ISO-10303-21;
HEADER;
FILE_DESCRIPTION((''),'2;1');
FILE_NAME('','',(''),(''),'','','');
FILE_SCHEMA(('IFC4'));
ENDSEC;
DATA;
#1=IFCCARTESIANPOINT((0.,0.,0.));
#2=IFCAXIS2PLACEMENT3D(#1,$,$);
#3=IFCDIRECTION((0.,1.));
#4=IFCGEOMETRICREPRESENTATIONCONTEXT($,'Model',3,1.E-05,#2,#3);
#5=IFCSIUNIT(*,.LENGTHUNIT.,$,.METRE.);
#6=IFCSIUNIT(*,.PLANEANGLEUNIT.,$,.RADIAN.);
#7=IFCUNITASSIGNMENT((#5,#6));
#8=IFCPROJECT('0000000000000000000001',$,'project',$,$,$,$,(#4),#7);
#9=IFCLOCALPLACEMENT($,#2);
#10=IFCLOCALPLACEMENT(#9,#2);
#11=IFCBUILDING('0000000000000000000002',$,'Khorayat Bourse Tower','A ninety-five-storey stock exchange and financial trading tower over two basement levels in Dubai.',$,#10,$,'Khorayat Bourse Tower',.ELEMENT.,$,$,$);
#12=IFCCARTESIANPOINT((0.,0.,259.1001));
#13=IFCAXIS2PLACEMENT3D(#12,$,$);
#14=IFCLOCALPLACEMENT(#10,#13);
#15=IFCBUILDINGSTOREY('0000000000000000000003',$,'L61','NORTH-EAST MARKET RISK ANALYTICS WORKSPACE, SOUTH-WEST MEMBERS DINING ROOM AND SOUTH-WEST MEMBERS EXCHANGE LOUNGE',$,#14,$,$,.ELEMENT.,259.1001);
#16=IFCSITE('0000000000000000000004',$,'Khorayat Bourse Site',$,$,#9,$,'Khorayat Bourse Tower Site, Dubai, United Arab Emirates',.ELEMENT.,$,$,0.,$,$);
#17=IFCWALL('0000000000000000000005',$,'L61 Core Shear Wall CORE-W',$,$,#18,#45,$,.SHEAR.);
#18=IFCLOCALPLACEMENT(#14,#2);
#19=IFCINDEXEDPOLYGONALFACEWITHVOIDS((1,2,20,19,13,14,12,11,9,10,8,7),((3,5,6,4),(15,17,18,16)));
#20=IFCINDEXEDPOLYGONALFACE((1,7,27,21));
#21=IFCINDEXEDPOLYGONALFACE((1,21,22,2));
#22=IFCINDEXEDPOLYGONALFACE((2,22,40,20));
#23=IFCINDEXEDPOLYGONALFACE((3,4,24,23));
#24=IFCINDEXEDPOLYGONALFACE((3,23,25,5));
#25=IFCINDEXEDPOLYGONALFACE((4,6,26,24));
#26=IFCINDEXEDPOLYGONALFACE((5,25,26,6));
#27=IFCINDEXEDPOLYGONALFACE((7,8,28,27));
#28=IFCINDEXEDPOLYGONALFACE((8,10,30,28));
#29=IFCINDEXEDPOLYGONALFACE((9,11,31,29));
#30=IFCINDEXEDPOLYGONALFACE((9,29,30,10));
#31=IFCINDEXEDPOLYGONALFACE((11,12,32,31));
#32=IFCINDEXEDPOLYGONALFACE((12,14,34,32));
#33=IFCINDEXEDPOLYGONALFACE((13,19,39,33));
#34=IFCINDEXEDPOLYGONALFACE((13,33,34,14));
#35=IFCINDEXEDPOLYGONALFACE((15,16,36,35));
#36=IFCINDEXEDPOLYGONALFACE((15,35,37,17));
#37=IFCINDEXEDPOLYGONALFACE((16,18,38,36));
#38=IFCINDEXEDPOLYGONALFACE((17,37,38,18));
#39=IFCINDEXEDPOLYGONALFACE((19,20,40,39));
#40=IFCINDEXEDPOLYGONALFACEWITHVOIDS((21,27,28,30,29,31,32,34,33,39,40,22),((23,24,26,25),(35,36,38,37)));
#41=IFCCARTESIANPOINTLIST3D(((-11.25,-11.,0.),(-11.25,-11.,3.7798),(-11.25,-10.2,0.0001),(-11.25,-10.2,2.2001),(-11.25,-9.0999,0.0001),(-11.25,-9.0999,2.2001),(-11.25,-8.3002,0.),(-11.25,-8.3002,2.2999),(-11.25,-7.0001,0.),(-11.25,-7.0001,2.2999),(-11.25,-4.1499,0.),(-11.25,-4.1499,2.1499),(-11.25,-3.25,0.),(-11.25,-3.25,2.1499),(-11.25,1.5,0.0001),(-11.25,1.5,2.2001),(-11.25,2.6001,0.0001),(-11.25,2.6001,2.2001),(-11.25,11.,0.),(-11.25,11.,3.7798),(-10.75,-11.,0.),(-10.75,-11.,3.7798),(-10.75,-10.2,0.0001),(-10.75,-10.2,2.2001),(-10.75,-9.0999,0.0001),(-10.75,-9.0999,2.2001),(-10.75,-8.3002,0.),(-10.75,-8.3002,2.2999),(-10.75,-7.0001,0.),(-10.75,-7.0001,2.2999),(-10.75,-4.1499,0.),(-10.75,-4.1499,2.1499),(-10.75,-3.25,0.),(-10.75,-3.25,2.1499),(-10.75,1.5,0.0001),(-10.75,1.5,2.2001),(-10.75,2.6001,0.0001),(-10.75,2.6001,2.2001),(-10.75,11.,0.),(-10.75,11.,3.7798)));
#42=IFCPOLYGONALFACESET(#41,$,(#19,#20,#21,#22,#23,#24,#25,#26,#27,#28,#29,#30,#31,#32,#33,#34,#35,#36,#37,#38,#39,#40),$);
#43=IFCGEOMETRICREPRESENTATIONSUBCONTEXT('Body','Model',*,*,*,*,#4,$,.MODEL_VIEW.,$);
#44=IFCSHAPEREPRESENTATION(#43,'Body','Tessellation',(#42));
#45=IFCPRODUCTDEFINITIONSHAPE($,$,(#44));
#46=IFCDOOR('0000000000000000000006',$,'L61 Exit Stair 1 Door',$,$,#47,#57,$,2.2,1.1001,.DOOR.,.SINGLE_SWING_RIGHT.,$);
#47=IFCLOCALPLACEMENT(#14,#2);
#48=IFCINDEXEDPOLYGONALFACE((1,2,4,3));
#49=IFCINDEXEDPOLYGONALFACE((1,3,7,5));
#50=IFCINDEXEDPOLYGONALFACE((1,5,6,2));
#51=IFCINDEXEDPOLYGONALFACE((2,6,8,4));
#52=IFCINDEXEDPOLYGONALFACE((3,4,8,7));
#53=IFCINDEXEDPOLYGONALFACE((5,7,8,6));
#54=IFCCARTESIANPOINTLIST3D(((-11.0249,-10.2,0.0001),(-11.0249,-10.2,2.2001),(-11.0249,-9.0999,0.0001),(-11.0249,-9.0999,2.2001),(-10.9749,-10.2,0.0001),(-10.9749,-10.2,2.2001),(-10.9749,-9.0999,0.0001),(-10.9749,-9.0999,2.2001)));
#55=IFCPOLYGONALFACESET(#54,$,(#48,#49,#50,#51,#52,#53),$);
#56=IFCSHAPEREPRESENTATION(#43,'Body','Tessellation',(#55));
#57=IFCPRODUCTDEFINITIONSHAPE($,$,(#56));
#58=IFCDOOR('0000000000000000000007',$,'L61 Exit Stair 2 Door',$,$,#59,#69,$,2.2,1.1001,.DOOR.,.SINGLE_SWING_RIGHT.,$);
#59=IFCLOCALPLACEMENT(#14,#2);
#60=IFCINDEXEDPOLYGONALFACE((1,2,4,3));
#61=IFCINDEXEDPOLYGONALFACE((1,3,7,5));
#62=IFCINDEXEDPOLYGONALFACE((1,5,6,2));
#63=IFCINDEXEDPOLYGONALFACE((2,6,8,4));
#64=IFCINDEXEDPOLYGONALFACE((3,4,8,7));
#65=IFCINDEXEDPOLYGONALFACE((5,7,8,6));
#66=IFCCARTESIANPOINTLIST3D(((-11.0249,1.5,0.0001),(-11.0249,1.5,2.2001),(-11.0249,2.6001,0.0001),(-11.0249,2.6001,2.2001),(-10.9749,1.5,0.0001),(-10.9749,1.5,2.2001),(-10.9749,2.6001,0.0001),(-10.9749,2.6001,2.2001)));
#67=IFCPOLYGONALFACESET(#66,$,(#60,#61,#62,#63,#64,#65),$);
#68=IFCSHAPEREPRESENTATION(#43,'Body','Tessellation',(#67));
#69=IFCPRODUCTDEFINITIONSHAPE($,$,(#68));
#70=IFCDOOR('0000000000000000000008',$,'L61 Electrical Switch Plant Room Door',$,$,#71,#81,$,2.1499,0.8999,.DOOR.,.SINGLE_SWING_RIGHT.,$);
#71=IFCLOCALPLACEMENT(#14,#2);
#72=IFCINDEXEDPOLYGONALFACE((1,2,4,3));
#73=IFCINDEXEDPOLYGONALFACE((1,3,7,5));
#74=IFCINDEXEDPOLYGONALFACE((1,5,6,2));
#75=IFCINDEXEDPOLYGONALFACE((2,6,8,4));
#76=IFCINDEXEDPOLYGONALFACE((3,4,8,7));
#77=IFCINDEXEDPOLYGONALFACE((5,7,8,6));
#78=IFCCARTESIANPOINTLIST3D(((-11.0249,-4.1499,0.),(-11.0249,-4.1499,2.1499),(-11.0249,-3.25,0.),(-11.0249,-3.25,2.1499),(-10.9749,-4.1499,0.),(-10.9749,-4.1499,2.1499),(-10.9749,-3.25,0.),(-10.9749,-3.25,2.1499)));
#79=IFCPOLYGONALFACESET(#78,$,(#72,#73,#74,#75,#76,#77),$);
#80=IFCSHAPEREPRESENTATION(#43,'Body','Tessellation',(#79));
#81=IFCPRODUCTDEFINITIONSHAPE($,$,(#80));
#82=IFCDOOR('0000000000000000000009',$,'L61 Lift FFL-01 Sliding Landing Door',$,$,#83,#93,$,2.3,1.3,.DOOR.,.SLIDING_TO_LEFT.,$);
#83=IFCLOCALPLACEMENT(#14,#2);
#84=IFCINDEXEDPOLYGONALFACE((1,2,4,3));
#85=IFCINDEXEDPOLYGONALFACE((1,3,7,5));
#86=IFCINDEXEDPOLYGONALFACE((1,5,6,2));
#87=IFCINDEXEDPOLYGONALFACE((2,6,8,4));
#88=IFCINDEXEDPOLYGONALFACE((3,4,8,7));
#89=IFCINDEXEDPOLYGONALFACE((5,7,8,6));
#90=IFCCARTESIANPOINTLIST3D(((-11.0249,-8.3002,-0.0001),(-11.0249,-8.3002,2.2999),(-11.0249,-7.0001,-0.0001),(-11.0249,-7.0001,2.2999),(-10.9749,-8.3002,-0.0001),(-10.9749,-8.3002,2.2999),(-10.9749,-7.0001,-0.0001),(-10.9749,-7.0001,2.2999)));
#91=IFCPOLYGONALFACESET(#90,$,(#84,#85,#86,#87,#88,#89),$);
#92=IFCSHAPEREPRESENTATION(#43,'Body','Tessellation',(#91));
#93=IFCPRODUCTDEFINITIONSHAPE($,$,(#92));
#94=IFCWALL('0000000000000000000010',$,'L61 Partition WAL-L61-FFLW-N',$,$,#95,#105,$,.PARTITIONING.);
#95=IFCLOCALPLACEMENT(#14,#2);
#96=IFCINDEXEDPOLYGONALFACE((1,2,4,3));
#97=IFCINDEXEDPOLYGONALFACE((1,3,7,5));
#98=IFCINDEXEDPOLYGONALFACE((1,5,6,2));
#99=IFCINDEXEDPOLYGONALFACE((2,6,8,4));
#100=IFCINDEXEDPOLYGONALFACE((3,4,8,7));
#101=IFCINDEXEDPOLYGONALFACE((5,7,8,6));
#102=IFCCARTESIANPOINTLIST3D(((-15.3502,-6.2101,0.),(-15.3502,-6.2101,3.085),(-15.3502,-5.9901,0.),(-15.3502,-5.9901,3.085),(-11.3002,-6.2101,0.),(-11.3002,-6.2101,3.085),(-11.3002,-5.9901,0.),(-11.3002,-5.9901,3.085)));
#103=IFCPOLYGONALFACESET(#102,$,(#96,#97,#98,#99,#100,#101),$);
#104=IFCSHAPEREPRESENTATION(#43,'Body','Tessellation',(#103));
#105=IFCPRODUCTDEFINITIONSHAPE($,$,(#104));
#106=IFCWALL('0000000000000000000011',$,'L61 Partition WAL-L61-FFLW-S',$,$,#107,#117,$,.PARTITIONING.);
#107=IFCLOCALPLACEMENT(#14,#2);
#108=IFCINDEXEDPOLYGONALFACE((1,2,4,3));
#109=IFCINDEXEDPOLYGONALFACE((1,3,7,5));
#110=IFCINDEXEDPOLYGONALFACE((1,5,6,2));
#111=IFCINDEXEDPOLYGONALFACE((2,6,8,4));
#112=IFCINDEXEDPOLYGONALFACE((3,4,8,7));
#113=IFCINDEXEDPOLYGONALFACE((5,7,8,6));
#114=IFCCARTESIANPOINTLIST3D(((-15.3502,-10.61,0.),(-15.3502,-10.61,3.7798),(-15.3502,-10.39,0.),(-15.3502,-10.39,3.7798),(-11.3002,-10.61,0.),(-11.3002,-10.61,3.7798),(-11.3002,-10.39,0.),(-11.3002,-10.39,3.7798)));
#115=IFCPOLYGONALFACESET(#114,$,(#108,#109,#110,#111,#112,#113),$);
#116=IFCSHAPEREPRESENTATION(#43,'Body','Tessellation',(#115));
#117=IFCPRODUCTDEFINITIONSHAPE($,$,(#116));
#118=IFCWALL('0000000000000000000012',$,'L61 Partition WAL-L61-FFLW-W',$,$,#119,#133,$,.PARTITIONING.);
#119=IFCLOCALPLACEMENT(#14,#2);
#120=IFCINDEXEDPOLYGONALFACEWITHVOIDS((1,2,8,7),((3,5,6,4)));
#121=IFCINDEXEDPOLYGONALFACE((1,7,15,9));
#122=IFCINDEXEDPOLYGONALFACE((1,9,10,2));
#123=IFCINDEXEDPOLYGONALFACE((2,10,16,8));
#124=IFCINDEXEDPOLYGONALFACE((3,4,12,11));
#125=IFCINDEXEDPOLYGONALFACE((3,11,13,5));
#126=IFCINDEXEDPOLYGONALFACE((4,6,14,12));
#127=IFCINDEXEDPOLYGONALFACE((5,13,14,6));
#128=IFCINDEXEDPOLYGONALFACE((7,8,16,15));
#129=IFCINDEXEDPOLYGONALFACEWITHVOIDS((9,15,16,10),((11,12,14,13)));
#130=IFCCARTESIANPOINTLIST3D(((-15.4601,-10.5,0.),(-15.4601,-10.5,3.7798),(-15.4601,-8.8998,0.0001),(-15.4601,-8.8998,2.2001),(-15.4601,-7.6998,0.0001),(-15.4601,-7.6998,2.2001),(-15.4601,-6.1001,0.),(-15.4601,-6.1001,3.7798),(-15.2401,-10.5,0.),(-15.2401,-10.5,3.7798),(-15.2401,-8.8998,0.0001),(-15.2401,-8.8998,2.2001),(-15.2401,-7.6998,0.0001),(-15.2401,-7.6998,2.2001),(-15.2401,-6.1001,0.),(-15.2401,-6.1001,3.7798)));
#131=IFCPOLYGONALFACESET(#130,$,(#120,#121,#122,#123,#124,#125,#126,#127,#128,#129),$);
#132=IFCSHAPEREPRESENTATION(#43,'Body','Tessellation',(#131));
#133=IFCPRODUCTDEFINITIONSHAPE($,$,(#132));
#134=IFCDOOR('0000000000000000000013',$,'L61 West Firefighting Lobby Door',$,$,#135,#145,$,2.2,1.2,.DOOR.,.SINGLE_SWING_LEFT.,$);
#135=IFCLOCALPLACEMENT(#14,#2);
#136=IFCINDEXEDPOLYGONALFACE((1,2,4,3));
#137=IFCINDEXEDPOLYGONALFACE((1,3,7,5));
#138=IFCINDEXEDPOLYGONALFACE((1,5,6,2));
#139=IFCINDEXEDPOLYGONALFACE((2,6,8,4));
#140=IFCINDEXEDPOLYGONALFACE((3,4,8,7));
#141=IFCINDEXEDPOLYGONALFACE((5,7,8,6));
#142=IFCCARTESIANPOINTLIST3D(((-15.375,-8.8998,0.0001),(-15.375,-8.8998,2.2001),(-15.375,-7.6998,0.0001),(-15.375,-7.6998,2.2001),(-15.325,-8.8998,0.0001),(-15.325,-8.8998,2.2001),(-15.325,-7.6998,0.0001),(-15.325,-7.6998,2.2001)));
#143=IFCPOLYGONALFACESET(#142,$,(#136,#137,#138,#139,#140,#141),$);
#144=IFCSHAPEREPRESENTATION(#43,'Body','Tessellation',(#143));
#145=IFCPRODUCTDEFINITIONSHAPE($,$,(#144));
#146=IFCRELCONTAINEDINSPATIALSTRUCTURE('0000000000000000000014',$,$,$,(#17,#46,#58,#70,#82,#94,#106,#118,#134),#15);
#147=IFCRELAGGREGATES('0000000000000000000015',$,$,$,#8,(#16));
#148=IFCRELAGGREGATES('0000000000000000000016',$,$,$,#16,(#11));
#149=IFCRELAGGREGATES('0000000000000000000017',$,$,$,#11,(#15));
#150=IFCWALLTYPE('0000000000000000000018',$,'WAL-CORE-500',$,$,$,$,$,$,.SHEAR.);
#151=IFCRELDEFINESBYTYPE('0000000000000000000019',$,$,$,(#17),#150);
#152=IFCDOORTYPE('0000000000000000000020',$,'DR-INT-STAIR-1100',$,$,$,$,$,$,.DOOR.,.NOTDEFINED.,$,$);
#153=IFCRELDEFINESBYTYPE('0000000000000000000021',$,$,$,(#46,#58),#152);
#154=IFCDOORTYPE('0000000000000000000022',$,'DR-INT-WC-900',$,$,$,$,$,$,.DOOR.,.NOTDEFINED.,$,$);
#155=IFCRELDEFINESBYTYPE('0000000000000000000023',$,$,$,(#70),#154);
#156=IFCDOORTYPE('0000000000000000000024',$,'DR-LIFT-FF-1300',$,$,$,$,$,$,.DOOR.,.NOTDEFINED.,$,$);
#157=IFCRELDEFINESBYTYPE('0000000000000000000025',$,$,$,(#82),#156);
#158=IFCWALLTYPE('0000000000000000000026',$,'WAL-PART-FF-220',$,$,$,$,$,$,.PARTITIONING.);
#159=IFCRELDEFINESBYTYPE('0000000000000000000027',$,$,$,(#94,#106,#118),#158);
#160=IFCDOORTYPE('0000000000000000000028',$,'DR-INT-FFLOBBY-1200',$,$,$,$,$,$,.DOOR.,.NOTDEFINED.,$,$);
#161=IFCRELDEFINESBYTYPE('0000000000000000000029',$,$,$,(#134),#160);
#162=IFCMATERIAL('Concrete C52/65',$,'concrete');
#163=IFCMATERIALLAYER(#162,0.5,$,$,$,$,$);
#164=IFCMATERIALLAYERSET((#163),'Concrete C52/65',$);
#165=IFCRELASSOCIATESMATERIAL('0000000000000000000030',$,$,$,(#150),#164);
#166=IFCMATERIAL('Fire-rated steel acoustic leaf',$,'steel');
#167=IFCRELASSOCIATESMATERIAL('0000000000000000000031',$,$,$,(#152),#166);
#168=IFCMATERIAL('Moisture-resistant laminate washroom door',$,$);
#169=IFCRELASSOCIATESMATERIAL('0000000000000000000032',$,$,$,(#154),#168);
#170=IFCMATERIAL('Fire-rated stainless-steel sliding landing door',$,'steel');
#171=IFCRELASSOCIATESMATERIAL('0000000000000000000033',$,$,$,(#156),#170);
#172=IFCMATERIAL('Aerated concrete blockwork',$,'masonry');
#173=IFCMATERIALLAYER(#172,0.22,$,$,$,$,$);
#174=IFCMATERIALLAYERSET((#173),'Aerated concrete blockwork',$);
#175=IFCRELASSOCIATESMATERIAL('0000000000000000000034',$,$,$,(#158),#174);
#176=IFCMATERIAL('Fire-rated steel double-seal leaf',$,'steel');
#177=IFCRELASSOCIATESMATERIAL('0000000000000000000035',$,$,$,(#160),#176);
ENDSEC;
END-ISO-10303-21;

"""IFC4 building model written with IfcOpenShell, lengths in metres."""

from ifc_helpers import new_model, si_unit, direction, frame, frame_2d, origin, place, context, subcontext, project, spatial, rectangle, extrude, source, transform, mapped, material, layer, layer_set, type_object, element, fill, save


model = new_model("IFC4")

# Units and contexts
model_context = context("Model", 3, precision=1e-05, world=origin(), true_north=direction((0.0, 1.0)))
body_context = subcontext(model_context, "Body", "Model", "MODEL_VIEW")
ifc_project = project(units=[si_unit("LENGTHUNIT", "METRE"), si_unit("PLANEANGLEUNIT", "RADIAN")], contexts=[model_context])

# Site, building, storey
site_placement = place(None, origin())
site = spatial("IfcSite", under=ifc_project, at=site_placement, Name="Khorayat Bourse Site", LongName="Khorayat Bourse Tower Site, Dubai, United Arab Emirates", CompositionType="ELEMENT", RefElevation=0.0)
building_placement = place(site_placement, origin())
building = spatial("IfcBuilding", under=site, at=building_placement, Name="Khorayat Bourse Tower", Description="A ninety-five-storey stock exchange and financial trading tower over two basement levels in Dubai.", LongName="Khorayat Bourse Tower", CompositionType="ELEMENT")
storey_placement = place(building_placement, frame((0.0, 0.0, 259.1001)))
storey = spatial("IfcBuildingStorey", under=building, at=storey_placement, Name="L61", Description="NORTH-EAST MARKET RISK ANALYTICS WORKSPACE, SOUTH-WEST MEMBERS DINING ROOM AND SOUTH-WEST MEMBERS EXCHANGE LOUNGE", CompositionType="ELEMENT", Elevation=259.1001)

# Wall, openings, doors
ifc_material_1 = material(Name="Concrete C52/65", Category="concrete")
ifc_layer_1 = layer(ifc_material_1, 0.5)
ifc_layer_set_1 = layer_set([ifc_layer_1], Name="Concrete C52/65")
wall_type_1 = type_object("IfcWallType", Name="WAL-CORE-500", PredefinedType="SHEAR", material=ifc_layer_set_1)
shared_shape_1 = source(origin(), body_context, "Body", "SweptSolid", [
    extrude(rectangle(XDim=22.0, YDim=0.5, at=frame_2d((11.0, 0.0))), origin(), (0.0, 0.0, 1.0), 3.7798),
])
wall_1_placement = place(storey_placement, frame((-11.0, -11.0, 0.0), z_axis=(0.0, 0.0, 1.0), x_axis=(0.0, 1.0, 0.0)))
wall_1 = element("IfcWall", 1, at=wall_1_placement, inside=storey, type_object=wall_type_1, Name="L61 Core Shear Wall CORE-W", PredefinedType="SHEAR", context=body_context, shape_type="MappedRepresentation", body=[
    mapped(shared_shape_1, transform((0.0, 0.0, 0.0), scale=1.0)),
])
shared_shape_2 = source(origin(), body_context, "Body", "SweptSolid", [
    extrude(rectangle(XDim=1.1001, YDim=2.2, at=frame_2d((0.55, 1.1001))), frame((0.0, 0.26, 0.0), z_axis=(0.0, -1.0, 0.0), x_axis=(1.0, 0.0, 0.0)), (0.0, 0.0, 1.0), 0.52),
])
opening_1_placement = place(wall_1_placement, frame((0.8, 0.0, 0.0)))
opening_1 = element("IfcOpeningElement", 2, at=opening_1_placement, cuts=wall_1, PredefinedType="OPENING", context=body_context, shape_type="MappedRepresentation", body=[
    mapped(shared_shape_2, transform((0.0, 0.0, 0.0), scale=1.0)),
])
opening_2_placement = place(wall_1_placement, frame((12.5, 0.0, 0.0)))
opening_2 = element("IfcOpeningElement", 3, at=opening_2_placement, cuts=wall_1, PredefinedType="OPENING", context=body_context, shape_type="MappedRepresentation", body=[
    mapped(shared_shape_2, transform((0.0, 0.0, 0.0), scale=1.0)),
])
shared_shape_3 = source(origin(), body_context, "Body", "SweptSolid", [
    extrude(rectangle(XDim=0.8999, YDim=2.1499, at=frame_2d((0.45, 1.075))), frame((0.0, 0.26, 0.0), z_axis=(0.0, -1.0, 0.0), x_axis=(1.0, 0.0, 0.0)), (0.0, 0.0, 1.0), 0.52),
])
opening_3_placement = place(wall_1_placement, frame((6.8501, 0.0, 0.0)))
opening_3 = element("IfcOpeningElement", 4, at=opening_3_placement, cuts=wall_1, PredefinedType="OPENING", context=body_context, shape_type="MappedRepresentation", body=[
    mapped(shared_shape_3, transform((0.0, 0.0, 0.0), scale=1.0)),
])
shared_shape_4 = source(origin(), body_context, "Body", "SweptSolid", [
    extrude(rectangle(XDim=1.3, YDim=2.3, at=frame_2d((0.6499, 1.1499))), frame((0.0, 0.26, 0.0), z_axis=(0.0, -1.0, 0.0), x_axis=(1.0, 0.0, 0.0)), (0.0, 0.0, 1.0), 0.52),
])
opening_4_placement = place(wall_1_placement, frame((2.7, 0.0, 0.0)))
opening_4 = element("IfcOpeningElement", 5, at=opening_4_placement, cuts=wall_1, PredefinedType="OPENING", context=body_context, shape_type="MappedRepresentation", body=[
    mapped(shared_shape_4, transform((0.0, 0.0, 0.0), scale=1.0)),
])
ifc_material_2 = material(Name="Fire-rated steel acoustic leaf", Category="steel")
door_type_1 = type_object("IfcDoorType", Name="DR-INT-STAIR-1100", OperationType="NOTDEFINED", PredefinedType="DOOR", material=ifc_material_2)
shared_shape_5 = source(origin(), body_context, "Body", "SweptSolid", [
    extrude(rectangle(XDim=1.1001, YDim=2.2, at=frame_2d((0.55, 1.1001))), frame((0.0, 0.0249, 0.0), z_axis=(0.0, -1.0, 0.0), x_axis=(1.0, 0.0, 0.0)), (0.0, 0.0, 1.0), 0.05),
])
door_1_placement = place(opening_1_placement, origin())
door_1 = element("IfcDoor", 6, at=door_1_placement, inside=storey, type_object=door_type_1, Name="L61 Exit Stair 1 Door", OperationType="SINGLE_SWING_RIGHT", OverallHeight=2.2, OverallWidth=1.1001, PredefinedType="DOOR", context=body_context, shape_type="MappedRepresentation", body=[
    mapped(shared_shape_5, transform((0.0, 0.0, 0.0), scale=1.0)),
])
fill(opening_1, door_1)
door_2_placement = place(opening_2_placement, origin())
door_2 = element("IfcDoor", 7, at=door_2_placement, inside=storey, type_object=door_type_1, Name="L61 Exit Stair 2 Door", OperationType="SINGLE_SWING_RIGHT", OverallHeight=2.2, OverallWidth=1.1001, PredefinedType="DOOR", context=body_context, shape_type="MappedRepresentation", body=[
    mapped(shared_shape_5, transform((0.0, 0.0, 0.0), scale=1.0)),
])
fill(opening_2, door_2)
ifc_material_3 = material(Name="Moisture-resistant laminate washroom door")
door_type_2 = type_object("IfcDoorType", Name="DR-INT-WC-900", OperationType="NOTDEFINED", PredefinedType="DOOR", material=ifc_material_3)
shared_shape_6 = source(origin(), body_context, "Body", "SweptSolid", [
    extrude(rectangle(XDim=0.8999, YDim=2.1499, at=frame_2d((0.45, 1.075))), frame((0.0, 0.0249, 0.0), z_axis=(0.0, -1.0, 0.0), x_axis=(1.0, 0.0, 0.0)), (0.0, 0.0, 1.0), 0.05),
])
door_3_placement = place(opening_3_placement, origin())
door_3 = element("IfcDoor", 8, at=door_3_placement, inside=storey, type_object=door_type_2, Name="L61 Electrical Switch Plant Room Door", OperationType="SINGLE_SWING_RIGHT", OverallHeight=2.1499, OverallWidth=0.8999, PredefinedType="DOOR", context=body_context, shape_type="MappedRepresentation", body=[
    mapped(shared_shape_6, transform((0.0, 0.0, 0.0), scale=1.0)),
])
fill(opening_3, door_3)
ifc_material_4 = material(Name="Fire-rated stainless-steel sliding landing door", Category="steel")
door_type_3 = type_object("IfcDoorType", Name="DR-LIFT-FF-1300", OperationType="NOTDEFINED", PredefinedType="DOOR", material=ifc_material_4)
shared_shape_7 = source(origin(), body_context, "Body", "SweptSolid", [
    extrude(rectangle(XDim=1.3, YDim=2.3, at=frame_2d((0.6499, 1.1499))), frame((0.0, 0.0249, 0.0), z_axis=(0.0, -1.0, 0.0), x_axis=(1.0, 0.0, 0.0)), (0.0, 0.0, 1.0), 0.05),
])
door_4_placement = place(opening_4_placement, origin())
door_4 = element("IfcDoor", 9, at=door_4_placement, inside=storey, type_object=door_type_3, Name="L61 Lift FFL-01 Sliding Landing Door", OperationType="SLIDING_TO_LEFT", OverallHeight=2.3, OverallWidth=1.3, PredefinedType="DOOR", context=body_context, shape_type="MappedRepresentation", body=[
    mapped(shared_shape_7, transform((0.0, 0.0, 0.0), scale=1.0)),
])
fill(opening_4, door_4)

# Walls
ifc_material_5 = material(Name="Aerated concrete blockwork", Category="masonry")
ifc_layer_2 = layer(ifc_material_5, 0.22)
ifc_layer_set_2 = layer_set([ifc_layer_2], Name="Aerated concrete blockwork")
wall_type_2 = type_object("IfcWallType", Name="WAL-PART-FF-220", PredefinedType="PARTITIONING", material=ifc_layer_set_2)
shared_shape_8 = source(origin(), body_context, "Body", "SweptSolid", [
    extrude(rectangle(XDim=4.05, YDim=0.22, at=frame_2d((2.0249, 0.0))), origin(), (0.0, 0.0, 1.0), 3.085),
])
wall_2_placement = place(storey_placement, frame((-15.3501, -6.1001, 0.0), z_axis=(0.0, 0.0, 1.0), x_axis=(1.0, 0.0, 0.0)))
element("IfcWall", 10, at=wall_2_placement, inside=storey, type_object=wall_type_2, Name="L61 Partition WAL-L61-FFLW-N", PredefinedType="PARTITIONING", context=body_context, shape_type="MappedRepresentation", body=[
    mapped(shared_shape_8, transform((0.0, 0.0, 0.0), scale=1.0)),
])
shared_shape_9 = source(origin(), body_context, "Body", "SweptSolid", [
    extrude(rectangle(XDim=4.05, YDim=0.22, at=frame_2d((2.0249, 0.0))), origin(), (0.0, 0.0, 1.0), 3.7798),
])
wall_3_placement = place(storey_placement, frame((-15.3501, -10.5, 0.0), z_axis=(0.0, 0.0, 1.0), x_axis=(1.0, 0.0, 0.0)))
element("IfcWall", 11, at=wall_3_placement, inside=storey, type_object=wall_type_2, Name="L61 Partition WAL-L61-FFLW-S", PredefinedType="PARTITIONING", context=body_context, shape_type="MappedRepresentation", body=[
    mapped(shared_shape_9, transform((0.0, 0.0, 0.0), scale=1.0)),
])

# Wall, opening, door
shared_shape_10 = source(origin(), body_context, "Body", "SweptSolid", [
    extrude(rectangle(XDim=4.3999, YDim=0.22, at=frame_2d((2.2, 0.0))), origin(), (0.0, 0.0, 1.0), 3.7798),
])
wall_4_placement = place(storey_placement, frame((-15.3501, -10.5, 0.0), z_axis=(0.0, 0.0, 1.0), x_axis=(0.0, 1.0, 0.0)))
wall_4 = element("IfcWall", 12, at=wall_4_placement, inside=storey, type_object=wall_type_2, Name="L61 Partition WAL-L61-FFLW-W", PredefinedType="PARTITIONING", context=body_context, shape_type="MappedRepresentation", body=[
    mapped(shared_shape_10, transform((0.0, 0.0, 0.0), scale=1.0)),
])
shared_shape_11 = source(origin(), body_context, "Body", "SweptSolid", [
    extrude(rectangle(XDim=1.2, YDim=2.2, at=frame_2d((0.6001, 1.1001))), frame((0.0, 0.1199, 0.0), z_axis=(0.0, -1.0, 0.0), x_axis=(1.0, 0.0, 0.0)), (0.0, 0.0, 1.0), 0.24),
])
opening_5_placement = place(wall_4_placement, frame((1.6001, 0.0, 0.0)))
opening_5 = element("IfcOpeningElement", 13, at=opening_5_placement, cuts=wall_4, PredefinedType="OPENING", context=body_context, shape_type="MappedRepresentation", body=[
    mapped(shared_shape_11, transform((0.0, 0.0, 0.0), scale=1.0)),
])
ifc_material_6 = material(Name="Fire-rated steel double-seal leaf", Category="steel")
door_type_4 = type_object("IfcDoorType", Name="DR-INT-FFLOBBY-1200", OperationType="NOTDEFINED", PredefinedType="DOOR", material=ifc_material_6)
shared_shape_12 = source(origin(), body_context, "Body", "SweptSolid", [
    extrude(rectangle(XDim=1.2, YDim=2.2, at=frame_2d((0.6001, 1.1001))), frame((0.0, 0.0249, 0.0), z_axis=(0.0, -1.0, 0.0), x_axis=(1.0, 0.0, 0.0)), (0.0, 0.0, 1.0), 0.05),
])
door_5_placement = place(opening_5_placement, origin())
door_5 = element("IfcDoor", 14, at=door_5_placement, inside=storey, type_object=door_type_4, Name="L61 West Firefighting Lobby Door", OperationType="SINGLE_SWING_LEFT", OverallHeight=2.2, OverallWidth=1.2, PredefinedType="DOOR", context=body_context, shape_type="MappedRepresentation", body=[
    mapped(shared_shape_12, transform((0.0, 0.0, 0.0), scale=1.0)),
])
fill(opening_5, door_5)

save(model, "model.ifc")
